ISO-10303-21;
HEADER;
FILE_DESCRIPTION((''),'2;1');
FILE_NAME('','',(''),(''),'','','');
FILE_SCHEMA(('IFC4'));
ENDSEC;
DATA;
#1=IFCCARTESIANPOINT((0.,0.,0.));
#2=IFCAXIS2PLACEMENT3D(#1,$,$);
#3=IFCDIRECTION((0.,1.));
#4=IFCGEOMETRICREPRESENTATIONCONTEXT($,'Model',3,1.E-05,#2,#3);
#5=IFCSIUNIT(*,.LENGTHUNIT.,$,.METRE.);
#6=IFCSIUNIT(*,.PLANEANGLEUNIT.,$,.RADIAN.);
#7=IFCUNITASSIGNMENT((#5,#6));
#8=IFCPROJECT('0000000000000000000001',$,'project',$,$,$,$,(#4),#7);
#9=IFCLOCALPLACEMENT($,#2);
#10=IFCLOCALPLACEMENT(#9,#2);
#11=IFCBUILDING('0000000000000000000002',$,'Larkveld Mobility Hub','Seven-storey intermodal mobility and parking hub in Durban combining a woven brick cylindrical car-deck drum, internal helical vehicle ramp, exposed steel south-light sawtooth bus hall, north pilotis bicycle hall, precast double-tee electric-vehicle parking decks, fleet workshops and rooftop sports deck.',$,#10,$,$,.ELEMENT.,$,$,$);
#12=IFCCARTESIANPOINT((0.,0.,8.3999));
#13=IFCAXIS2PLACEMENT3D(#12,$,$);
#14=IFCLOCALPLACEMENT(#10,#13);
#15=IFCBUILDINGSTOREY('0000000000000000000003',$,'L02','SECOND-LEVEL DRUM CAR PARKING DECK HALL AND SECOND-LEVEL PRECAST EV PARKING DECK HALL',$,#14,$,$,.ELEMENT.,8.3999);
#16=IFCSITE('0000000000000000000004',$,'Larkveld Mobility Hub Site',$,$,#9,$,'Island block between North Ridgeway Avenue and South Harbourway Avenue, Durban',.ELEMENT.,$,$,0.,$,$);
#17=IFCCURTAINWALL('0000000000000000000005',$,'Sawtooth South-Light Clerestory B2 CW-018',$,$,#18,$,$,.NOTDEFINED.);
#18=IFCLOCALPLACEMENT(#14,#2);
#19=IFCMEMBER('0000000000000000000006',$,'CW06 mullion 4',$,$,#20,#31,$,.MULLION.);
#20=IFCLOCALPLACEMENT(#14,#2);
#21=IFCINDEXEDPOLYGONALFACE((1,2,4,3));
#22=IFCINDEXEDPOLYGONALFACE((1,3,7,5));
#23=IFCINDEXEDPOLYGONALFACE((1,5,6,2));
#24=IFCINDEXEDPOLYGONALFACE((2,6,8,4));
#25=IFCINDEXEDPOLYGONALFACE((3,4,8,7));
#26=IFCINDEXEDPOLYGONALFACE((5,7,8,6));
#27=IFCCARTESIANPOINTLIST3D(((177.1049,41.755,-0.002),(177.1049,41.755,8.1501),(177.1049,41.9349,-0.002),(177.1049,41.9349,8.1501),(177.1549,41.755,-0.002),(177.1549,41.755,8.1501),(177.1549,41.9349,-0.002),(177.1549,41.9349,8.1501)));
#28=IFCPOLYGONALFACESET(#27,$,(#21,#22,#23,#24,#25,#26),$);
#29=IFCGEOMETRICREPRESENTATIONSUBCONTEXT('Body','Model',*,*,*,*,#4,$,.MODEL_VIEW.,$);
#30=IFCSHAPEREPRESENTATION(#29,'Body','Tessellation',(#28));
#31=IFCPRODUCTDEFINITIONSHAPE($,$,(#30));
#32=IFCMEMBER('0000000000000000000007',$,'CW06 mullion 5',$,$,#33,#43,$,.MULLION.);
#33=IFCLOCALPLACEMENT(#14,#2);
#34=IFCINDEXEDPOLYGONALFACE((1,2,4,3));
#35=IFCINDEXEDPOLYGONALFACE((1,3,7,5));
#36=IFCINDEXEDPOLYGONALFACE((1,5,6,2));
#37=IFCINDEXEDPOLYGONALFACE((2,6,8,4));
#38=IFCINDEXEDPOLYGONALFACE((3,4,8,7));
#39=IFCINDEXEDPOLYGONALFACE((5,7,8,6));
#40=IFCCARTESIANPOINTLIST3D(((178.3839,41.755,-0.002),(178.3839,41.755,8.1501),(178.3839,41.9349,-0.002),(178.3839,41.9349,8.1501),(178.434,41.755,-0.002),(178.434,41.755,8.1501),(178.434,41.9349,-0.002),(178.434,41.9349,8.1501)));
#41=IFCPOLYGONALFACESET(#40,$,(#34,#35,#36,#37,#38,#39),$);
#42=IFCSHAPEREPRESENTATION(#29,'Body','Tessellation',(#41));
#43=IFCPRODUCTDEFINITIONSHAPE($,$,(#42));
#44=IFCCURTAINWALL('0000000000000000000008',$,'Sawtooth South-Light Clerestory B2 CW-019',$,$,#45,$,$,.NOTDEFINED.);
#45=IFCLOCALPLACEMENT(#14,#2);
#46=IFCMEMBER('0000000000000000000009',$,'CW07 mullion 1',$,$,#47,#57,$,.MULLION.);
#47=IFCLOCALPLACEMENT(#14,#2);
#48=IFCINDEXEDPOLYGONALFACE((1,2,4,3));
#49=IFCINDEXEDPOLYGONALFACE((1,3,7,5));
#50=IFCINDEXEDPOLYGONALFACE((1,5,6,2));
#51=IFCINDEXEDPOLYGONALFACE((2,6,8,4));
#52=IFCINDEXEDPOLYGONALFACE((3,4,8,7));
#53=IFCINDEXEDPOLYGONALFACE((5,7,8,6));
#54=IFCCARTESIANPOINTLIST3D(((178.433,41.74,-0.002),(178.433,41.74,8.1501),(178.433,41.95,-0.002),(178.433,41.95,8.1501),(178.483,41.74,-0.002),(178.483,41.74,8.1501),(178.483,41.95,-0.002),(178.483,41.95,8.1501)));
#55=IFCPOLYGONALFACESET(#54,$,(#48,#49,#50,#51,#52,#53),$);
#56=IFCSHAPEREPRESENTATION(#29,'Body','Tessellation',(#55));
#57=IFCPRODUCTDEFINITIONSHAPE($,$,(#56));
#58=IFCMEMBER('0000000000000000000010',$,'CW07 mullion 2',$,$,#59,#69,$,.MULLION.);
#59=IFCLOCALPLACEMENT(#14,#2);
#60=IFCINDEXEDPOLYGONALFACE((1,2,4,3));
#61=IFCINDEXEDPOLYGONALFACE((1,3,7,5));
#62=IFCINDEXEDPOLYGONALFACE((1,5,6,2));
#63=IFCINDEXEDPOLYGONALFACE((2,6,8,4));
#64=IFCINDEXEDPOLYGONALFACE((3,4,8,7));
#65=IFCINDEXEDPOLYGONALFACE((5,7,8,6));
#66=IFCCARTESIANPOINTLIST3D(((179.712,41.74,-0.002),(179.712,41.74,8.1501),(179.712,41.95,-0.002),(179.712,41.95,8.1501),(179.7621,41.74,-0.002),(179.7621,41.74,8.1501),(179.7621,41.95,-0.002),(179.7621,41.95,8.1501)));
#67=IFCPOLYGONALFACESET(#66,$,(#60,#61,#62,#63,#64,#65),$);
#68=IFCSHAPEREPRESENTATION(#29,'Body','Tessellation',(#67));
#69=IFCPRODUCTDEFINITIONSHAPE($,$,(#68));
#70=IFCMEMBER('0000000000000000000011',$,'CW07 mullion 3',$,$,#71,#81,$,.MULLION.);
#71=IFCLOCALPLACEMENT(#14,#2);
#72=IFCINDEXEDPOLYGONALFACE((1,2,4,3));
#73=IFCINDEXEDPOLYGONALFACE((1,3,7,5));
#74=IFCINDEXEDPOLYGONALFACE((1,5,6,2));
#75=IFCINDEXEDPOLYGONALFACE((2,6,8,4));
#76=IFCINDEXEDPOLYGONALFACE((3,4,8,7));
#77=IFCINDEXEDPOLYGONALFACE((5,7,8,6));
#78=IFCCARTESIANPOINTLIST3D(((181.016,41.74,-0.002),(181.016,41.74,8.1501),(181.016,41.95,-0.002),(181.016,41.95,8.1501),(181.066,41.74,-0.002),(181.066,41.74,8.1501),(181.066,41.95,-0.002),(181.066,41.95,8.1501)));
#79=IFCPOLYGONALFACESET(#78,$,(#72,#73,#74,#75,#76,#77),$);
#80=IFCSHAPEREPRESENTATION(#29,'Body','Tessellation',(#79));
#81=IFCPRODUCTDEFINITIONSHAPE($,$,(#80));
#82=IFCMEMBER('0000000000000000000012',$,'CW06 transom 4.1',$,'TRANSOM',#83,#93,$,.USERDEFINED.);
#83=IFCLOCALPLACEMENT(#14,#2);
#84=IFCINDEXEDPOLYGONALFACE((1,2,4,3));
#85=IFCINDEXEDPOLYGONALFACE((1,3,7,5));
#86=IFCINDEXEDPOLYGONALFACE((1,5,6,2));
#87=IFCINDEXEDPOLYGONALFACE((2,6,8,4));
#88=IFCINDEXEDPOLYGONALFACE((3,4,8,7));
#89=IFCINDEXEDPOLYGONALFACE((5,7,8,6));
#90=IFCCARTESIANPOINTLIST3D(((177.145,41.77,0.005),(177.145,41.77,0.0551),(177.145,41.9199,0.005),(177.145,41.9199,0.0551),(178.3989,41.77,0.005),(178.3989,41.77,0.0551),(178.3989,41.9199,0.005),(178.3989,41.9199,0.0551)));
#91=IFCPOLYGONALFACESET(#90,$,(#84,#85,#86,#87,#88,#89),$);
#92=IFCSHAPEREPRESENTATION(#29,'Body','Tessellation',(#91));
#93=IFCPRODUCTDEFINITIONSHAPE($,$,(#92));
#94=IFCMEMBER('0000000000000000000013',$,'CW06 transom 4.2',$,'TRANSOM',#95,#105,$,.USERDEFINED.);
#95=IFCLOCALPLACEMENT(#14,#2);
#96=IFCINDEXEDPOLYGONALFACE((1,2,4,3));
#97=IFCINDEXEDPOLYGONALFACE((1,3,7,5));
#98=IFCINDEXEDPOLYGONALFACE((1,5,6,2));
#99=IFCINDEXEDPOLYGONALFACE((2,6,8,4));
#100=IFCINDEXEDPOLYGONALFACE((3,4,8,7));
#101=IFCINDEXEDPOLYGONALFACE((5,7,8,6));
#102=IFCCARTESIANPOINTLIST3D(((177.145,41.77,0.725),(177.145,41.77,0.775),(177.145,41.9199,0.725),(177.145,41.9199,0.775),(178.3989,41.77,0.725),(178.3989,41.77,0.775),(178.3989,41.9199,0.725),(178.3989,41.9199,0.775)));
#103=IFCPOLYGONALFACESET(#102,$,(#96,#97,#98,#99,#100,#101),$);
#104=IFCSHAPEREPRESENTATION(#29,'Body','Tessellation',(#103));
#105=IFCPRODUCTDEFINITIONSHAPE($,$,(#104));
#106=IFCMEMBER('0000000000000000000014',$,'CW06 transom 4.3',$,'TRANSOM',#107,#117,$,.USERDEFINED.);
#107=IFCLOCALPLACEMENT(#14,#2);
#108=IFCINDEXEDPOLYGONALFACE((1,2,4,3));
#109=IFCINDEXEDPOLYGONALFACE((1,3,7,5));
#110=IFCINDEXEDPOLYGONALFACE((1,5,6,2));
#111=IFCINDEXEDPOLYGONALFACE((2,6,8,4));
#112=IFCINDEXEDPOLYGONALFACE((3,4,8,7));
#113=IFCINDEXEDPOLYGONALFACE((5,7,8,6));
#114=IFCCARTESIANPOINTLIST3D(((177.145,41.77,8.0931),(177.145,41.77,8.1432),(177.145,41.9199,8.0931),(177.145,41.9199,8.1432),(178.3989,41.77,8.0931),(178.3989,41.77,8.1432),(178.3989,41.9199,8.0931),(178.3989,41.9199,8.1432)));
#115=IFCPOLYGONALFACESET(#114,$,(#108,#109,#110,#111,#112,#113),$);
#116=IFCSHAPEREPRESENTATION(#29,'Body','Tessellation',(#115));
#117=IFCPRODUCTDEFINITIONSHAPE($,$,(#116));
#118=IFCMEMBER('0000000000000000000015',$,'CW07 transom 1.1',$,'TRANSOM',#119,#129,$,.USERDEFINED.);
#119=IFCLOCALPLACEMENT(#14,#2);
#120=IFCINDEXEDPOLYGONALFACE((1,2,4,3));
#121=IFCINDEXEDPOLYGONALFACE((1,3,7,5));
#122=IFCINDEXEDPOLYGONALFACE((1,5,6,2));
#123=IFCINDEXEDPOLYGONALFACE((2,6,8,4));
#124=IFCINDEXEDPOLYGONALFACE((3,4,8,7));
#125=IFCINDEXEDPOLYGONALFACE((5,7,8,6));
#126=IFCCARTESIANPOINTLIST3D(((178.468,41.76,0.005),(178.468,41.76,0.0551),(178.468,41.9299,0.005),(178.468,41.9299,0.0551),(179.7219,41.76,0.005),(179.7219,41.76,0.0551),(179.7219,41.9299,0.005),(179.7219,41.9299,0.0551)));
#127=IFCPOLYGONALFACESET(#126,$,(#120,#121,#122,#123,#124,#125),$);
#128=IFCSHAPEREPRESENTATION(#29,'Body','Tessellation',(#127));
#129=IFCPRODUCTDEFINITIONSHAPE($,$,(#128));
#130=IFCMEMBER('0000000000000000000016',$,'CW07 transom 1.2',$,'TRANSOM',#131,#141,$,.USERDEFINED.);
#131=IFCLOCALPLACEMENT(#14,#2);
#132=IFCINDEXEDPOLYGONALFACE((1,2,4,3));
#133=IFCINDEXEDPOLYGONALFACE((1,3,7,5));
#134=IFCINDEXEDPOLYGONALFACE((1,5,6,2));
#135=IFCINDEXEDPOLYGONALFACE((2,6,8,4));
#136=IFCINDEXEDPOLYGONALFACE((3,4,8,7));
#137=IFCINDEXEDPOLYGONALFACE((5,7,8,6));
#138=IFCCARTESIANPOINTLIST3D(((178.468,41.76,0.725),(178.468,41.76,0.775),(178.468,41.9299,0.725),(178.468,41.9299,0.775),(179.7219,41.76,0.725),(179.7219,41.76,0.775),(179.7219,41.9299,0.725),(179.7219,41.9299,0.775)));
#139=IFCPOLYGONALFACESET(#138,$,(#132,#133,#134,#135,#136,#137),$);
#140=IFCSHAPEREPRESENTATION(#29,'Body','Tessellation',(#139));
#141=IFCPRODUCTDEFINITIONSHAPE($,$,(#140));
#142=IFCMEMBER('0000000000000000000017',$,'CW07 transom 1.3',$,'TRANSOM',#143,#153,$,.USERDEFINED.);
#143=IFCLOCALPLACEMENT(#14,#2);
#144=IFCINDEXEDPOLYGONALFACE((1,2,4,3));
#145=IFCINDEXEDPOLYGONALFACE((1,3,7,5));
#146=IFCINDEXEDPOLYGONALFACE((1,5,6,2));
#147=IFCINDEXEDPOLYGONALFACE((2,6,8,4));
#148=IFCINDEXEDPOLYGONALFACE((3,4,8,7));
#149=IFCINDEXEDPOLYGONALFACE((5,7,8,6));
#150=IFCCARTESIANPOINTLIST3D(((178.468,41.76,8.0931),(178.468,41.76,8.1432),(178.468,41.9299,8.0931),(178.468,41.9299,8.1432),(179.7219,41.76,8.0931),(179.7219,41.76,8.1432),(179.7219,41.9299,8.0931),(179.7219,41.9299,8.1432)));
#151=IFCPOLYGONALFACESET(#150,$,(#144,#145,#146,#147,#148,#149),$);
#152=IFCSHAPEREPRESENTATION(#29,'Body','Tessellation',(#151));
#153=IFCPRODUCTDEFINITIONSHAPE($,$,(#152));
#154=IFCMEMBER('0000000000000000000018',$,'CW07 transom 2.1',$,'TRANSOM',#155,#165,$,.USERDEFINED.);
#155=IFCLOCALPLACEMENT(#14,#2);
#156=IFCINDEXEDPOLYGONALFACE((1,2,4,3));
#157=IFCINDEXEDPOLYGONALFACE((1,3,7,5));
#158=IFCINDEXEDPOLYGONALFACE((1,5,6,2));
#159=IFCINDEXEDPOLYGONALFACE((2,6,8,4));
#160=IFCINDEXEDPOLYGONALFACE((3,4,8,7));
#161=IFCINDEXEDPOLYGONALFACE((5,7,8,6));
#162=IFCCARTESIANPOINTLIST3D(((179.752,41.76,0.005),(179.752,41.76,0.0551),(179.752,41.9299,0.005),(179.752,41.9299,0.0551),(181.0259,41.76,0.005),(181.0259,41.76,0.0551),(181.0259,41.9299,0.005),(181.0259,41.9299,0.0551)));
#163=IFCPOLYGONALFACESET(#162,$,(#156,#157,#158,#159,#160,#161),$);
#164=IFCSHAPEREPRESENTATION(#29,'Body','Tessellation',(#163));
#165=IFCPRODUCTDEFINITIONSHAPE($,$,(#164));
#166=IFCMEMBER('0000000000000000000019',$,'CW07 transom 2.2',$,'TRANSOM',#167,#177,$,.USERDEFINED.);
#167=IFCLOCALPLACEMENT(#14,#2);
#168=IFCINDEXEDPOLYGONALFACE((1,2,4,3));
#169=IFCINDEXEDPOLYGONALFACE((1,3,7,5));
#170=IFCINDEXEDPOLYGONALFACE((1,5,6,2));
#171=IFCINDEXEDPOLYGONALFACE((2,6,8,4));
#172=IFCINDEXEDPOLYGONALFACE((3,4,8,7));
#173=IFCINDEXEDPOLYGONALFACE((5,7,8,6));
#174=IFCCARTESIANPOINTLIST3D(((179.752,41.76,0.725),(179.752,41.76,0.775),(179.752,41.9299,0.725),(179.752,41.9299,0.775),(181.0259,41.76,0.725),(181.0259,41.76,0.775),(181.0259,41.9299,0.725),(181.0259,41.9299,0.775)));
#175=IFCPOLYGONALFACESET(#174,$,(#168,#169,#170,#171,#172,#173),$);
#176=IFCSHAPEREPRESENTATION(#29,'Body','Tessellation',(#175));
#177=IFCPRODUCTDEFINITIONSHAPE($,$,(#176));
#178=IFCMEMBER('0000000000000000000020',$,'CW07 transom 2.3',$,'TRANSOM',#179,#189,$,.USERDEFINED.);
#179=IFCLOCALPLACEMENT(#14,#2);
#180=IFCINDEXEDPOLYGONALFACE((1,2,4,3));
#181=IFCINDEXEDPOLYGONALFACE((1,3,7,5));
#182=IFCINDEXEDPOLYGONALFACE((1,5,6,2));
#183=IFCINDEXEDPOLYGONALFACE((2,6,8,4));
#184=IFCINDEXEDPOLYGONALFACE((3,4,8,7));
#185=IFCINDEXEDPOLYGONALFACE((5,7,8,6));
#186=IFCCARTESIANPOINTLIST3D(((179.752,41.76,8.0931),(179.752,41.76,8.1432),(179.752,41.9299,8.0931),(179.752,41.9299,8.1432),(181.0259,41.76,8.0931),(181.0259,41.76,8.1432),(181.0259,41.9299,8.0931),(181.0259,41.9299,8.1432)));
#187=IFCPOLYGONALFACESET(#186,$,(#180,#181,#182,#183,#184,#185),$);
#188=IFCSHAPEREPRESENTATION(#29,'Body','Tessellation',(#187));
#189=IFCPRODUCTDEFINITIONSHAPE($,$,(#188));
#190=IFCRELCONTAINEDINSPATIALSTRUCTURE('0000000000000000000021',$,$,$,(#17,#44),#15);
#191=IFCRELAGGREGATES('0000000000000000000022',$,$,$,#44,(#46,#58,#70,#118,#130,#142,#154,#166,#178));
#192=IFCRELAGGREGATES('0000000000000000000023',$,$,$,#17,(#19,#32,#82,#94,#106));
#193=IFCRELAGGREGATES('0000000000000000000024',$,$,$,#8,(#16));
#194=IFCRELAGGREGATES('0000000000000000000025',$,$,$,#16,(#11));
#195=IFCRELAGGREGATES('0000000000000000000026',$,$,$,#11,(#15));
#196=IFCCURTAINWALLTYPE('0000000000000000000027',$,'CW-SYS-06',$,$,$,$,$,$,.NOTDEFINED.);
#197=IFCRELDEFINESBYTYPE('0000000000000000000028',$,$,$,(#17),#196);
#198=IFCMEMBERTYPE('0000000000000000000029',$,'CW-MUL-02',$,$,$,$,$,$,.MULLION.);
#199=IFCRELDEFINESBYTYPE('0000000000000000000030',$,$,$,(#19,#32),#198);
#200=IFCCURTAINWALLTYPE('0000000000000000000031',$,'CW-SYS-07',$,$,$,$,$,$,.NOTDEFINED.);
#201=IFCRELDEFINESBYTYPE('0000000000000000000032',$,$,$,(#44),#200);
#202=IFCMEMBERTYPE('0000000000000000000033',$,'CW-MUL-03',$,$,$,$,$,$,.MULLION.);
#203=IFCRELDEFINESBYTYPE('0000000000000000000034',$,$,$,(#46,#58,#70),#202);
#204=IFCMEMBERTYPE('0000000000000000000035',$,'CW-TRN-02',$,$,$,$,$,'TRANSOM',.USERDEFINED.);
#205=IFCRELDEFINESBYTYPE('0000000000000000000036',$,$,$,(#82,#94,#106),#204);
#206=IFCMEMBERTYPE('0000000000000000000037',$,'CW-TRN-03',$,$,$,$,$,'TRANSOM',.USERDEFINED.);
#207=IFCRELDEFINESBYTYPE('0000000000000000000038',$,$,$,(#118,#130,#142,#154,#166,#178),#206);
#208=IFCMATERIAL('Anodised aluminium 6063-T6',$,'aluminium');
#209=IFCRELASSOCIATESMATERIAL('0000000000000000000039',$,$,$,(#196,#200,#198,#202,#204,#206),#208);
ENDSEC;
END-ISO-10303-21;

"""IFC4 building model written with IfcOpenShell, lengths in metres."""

from ifc_helpers import new_model, si_unit, direction, frame, origin, origin_2d, place, context, subcontext, project, spatial, rectangle, extrude, material, material_profile, profile_set, type_object, element, aggregate, save


model = new_model("IFC4")

# Units and contexts
model_context = context("Model", 3, precision=1e-05, world=origin(), true_north=direction((0.0, 1.0)))
body_context = subcontext(model_context, "Body", "Model", "MODEL_VIEW")
ifc_project = project(units=[si_unit("LENGTHUNIT", "METRE"), si_unit("PLANEANGLEUNIT", "RADIAN")], contexts=[model_context])

# Site, building, storey
site_placement = place(None, origin())
site = spatial("IfcSite", under=ifc_project, at=site_placement, Name="Larkveld Mobility Hub Site", LongName="Island block between North Ridgeway Avenue and South Harbourway Avenue, Durban", CompositionType="ELEMENT", RefElevation=0.0)
building_placement = place(site_placement, origin())
building = spatial("IfcBuilding", under=site, at=building_placement, Name="Larkveld Mobility Hub", Description="Seven-storey intermodal mobility and parking hub in Durban combining a woven brick cylindrical car-deck drum, internal helical vehicle ramp, exposed steel south-light sawtooth bus hall, north pilotis bicycle hall, precast double-tee electric-vehicle parking decks, fleet workshops and rooftop sports deck.", CompositionType="ELEMENT")
storey_placement = place(building_placement, frame((0.0, 0.0, 8.3999)))
storey = spatial("IfcBuildingStorey", under=building, at=storey_placement, Name="L02", Description="SECOND-LEVEL DRUM CAR PARKING DECK HALL AND SECOND-LEVEL PRECAST EV PARKING DECK HALL", CompositionType="ELEMENT", Elevation=8.3999)

# Curtain walls, members
ifc_material_1 = material(Name="Anodised aluminium 6063-T6", Category="aluminium")
curtain_wall_type_1 = type_object("IfcCurtainWallType", Name="CW-SYS-06", PredefinedType="NOTDEFINED", material=ifc_material_1)
curtain_wall_1_placement = place(storey_placement, origin())
curtain_wall_1 = element("IfcCurtainWall", 1, at=curtain_wall_1_placement, inside=storey, type_object=curtain_wall_type_1, Name="Sawtooth South-Light Clerestory B2 CW-018", PredefinedType="NOTDEFINED")
ifc_material_profile_1 = material_profile(ifc_material_1, rectangle(XDim=0.05, YDim=0.1799, at=origin_2d()), Name="ALU MULL 50x180")
ifc_profile_set_1 = profile_set([ifc_material_profile_1], Name="Anodised aluminium 6063-T6")
member_type_1 = type_object("IfcMemberType", Name="CW-MUL-02", PredefinedType="MULLION", material=ifc_profile_set_1)
member_1_placement = place(storey_placement, frame((177.1299, 41.845, -0.002), z_axis=(0.0, 0.0, 1.0), x_axis=(1.0, 0.0, 0.0)))
member_1 = element("IfcMember", 2, at=member_1_placement, type_object=member_type_1, Name="CW06 mullion 4", PredefinedType="MULLION", context=body_context, shape_type="SweptSolid", body=[
    extrude(rectangle(XDim=0.05, YDim=0.1799, at=origin_2d()), origin(), (0.0, 0.0, 1.0), 8.1521),
])
member_2_placement = place(storey_placement, frame((178.4089, 41.845, -0.002), z_axis=(0.0, 0.0, 1.0), x_axis=(1.0, 0.0, 0.0)))
member_2 = element("IfcMember", 3, at=member_2_placement, type_object=member_type_1, Name="CW06 mullion 5", PredefinedType="MULLION", context=body_context, shape_type="SweptSolid", body=[
    extrude(rectangle(XDim=0.05, YDim=0.1799, at=origin_2d()), origin(), (0.0, 0.0, 1.0), 8.1521),
])
curtain_wall_type_2 = type_object("IfcCurtainWallType", Name="CW-SYS-07", PredefinedType="NOTDEFINED", material=ifc_material_1)
curtain_wall_2_placement = place(storey_placement, origin())
curtain_wall_2 = element("IfcCurtainWall", 4, at=curtain_wall_2_placement, inside=storey, type_object=curtain_wall_type_2, Name="Sawtooth South-Light Clerestory B2 CW-019", PredefinedType="NOTDEFINED")
ifc_material_profile_2 = material_profile(ifc_material_1, rectangle(XDim=0.05, YDim=0.21, at=origin_2d()), Name="ALU MULL 50x210")
ifc_profile_set_2 = profile_set([ifc_material_profile_2], Name="Anodised aluminium 6063-T6")
member_type_2 = type_object("IfcMemberType", Name="CW-MUL-03", PredefinedType="MULLION", material=ifc_profile_set_2)
member_3_placement = place(storey_placement, frame((178.458, 41.845, -0.002), z_axis=(0.0, 0.0, 1.0), x_axis=(1.0, 0.0, 0.0)))
member_3 = element("IfcMember", 5, at=member_3_placement, type_object=member_type_2, Name="CW07 mullion 1", PredefinedType="MULLION", context=body_context, shape_type="SweptSolid", body=[
    extrude(rectangle(XDim=0.05, YDim=0.21, at=origin_2d()), origin(), (0.0, 0.0, 1.0), 8.1521),
])
member_4_placement = place(storey_placement, frame((179.7371, 41.845, -0.002), z_axis=(0.0, 0.0, 1.0), x_axis=(1.0, 0.0, 0.0)))
member_4 = element("IfcMember", 6, at=member_4_placement, type_object=member_type_2, Name="CW07 mullion 2", PredefinedType="MULLION", context=body_context, shape_type="SweptSolid", body=[
    extrude(rectangle(XDim=0.05, YDim=0.21, at=origin_2d()), origin(), (0.0, 0.0, 1.0), 8.1521),
])
member_5_placement = place(storey_placement, frame((181.041, 41.845, -0.002), z_axis=(0.0, 0.0, 1.0), x_axis=(1.0, 0.0, 0.0)))
member_5 = element("IfcMember", 7, at=member_5_placement, type_object=member_type_2, Name="CW07 mullion 3", PredefinedType="MULLION", context=body_context, shape_type="SweptSolid", body=[
    extrude(rectangle(XDim=0.05, YDim=0.21, at=origin_2d()), origin(), (0.0, 0.0, 1.0), 8.1521),
])

# Members
ifc_material_profile_3 = material_profile(ifc_material_1, rectangle(XDim=0.1499, YDim=0.05, at=origin_2d()), Name="ALU TRAN 50x150")
ifc_profile_set_3 = profile_set([ifc_material_profile_3], Name="Anodised aluminium 6063-T6")
member_type_3 = type_object("IfcMemberType", Name="CW-TRN-02", ElementType="TRANSOM", PredefinedType="USERDEFINED", material=ifc_profile_set_3)
member_6_placement = place(storey_placement, frame((177.145, 41.845, 0.03), z_axis=(1.0, 0.0, 0.0), x_axis=(0.0, 1.0, 0.0)))
member_6 = element("IfcMember", 8, at=member_6_placement, type_object=member_type_3, Name="CW06 transom 4.1", ObjectType="TRANSOM", PredefinedType="USERDEFINED", context=body_context, shape_type="SweptSolid", body=[
    extrude(rectangle(XDim=0.1499, YDim=0.05, at=origin_2d()), origin(), (0.0, 0.0, 1.0), 1.2539),
])
member_7_placement = place(storey_placement, frame((177.145, 41.845, 0.75), z_axis=(1.0, 0.0, 0.0), x_axis=(0.0, 1.0, 0.0)))
member_7 = element("IfcMember", 9, at=member_7_placement, type_object=member_type_3, Name="CW06 transom 4.2", ObjectType="TRANSOM", PredefinedType="USERDEFINED", context=body_context, shape_type="SweptSolid", body=[
    extrude(rectangle(XDim=0.1499, YDim=0.05, at=origin_2d()), origin(), (0.0, 0.0, 1.0), 1.2539),
])
member_8_placement = place(storey_placement, frame((177.145, 41.845, 8.1182), z_axis=(1.0, 0.0, 0.0), x_axis=(0.0, 1.0, 0.0)))
member_8 = element("IfcMember", 10, at=member_8_placement, type_object=member_type_3, Name="CW06 transom 4.3", ObjectType="TRANSOM", PredefinedType="USERDEFINED", context=body_context, shape_type="SweptSolid", body=[
    extrude(rectangle(XDim=0.1499, YDim=0.05, at=origin_2d()), origin(), (0.0, 0.0, 1.0), 1.2539),
])
ifc_material_profile_4 = material_profile(ifc_material_1, rectangle(XDim=0.1699, YDim=0.05, at=origin_2d()), Name="ALU TRAN 50x170")
ifc_profile_set_4 = profile_set([ifc_material_profile_4], Name="Anodised aluminium 6063-T6")
member_type_4 = type_object("IfcMemberType", Name="CW-TRN-03", ElementType="TRANSOM", PredefinedType="USERDEFINED", material=ifc_profile_set_4)
member_9_placement = place(storey_placement, frame((178.468, 41.845, 0.03), z_axis=(1.0, 0.0, 0.0), x_axis=(0.0, 1.0, 0.0)))
member_9 = element("IfcMember", 11, at=member_9_placement, type_object=member_type_4, Name="CW07 transom 1.1", ObjectType="TRANSOM", PredefinedType="USERDEFINED", context=body_context, shape_type="SweptSolid", body=[
    extrude(rectangle(XDim=0.1699, YDim=0.05, at=origin_2d()), origin(), (0.0, 0.0, 1.0), 1.2539),
])
member_10_placement = place(storey_placement, frame((178.468, 41.845, 0.75), z_axis=(1.0, 0.0, 0.0), x_axis=(0.0, 1.0, 0.0)))
member_10 = element("IfcMember", 12, at=member_10_placement, type_object=member_type_4, Name="CW07 transom 1.2", ObjectType="TRANSOM", PredefinedType="USERDEFINED", context=body_context, shape_type="SweptSolid", body=[
    extrude(rectangle(XDim=0.1699, YDim=0.05, at=origin_2d()), origin(), (0.0, 0.0, 1.0), 1.2539),
])
member_11_placement = place(storey_placement, frame((178.468, 41.845, 8.1182), z_axis=(1.0, 0.0, 0.0), x_axis=(0.0, 1.0, 0.0)))
member_11 = element("IfcMember", 13, at=member_11_placement, type_object=member_type_4, Name="CW07 transom 1.3", ObjectType="TRANSOM", PredefinedType="USERDEFINED", context=body_context, shape_type="SweptSolid", body=[
    extrude(rectangle(XDim=0.1699, YDim=0.05, at=origin_2d()), origin(), (0.0, 0.0, 1.0), 1.2539),
])
member_12_placement = place(storey_placement, frame((179.752, 41.845, 0.03), z_axis=(1.0, 0.0, 0.0), x_axis=(0.0, 1.0, 0.0)))
member_12 = element("IfcMember", 14, at=member_12_placement, type_object=member_type_4, Name="CW07 transom 2.1", ObjectType="TRANSOM", PredefinedType="USERDEFINED", context=body_context, shape_type="SweptSolid", body=[
    extrude(rectangle(XDim=0.1699, YDim=0.05, at=origin_2d()), origin(), (0.0, 0.0, 1.0), 1.2739),
])
member_13_placement = place(storey_placement, frame((179.752, 41.845, 0.75), z_axis=(1.0, 0.0, 0.0), x_axis=(0.0, 1.0, 0.0)))
member_13 = element("IfcMember", 15, at=member_13_placement, type_object=member_type_4, Name="CW07 transom 2.2", ObjectType="TRANSOM", PredefinedType="USERDEFINED", context=body_context, shape_type="SweptSolid", body=[
    extrude(rectangle(XDim=0.1699, YDim=0.05, at=origin_2d()), origin(), (0.0, 0.0, 1.0), 1.2739),
])
member_14_placement = place(storey_placement, frame((179.752, 41.845, 8.1182), z_axis=(1.0, 0.0, 0.0), x_axis=(0.0, 1.0, 0.0)))
member_14 = element("IfcMember", 16, at=member_14_placement, type_object=member_type_4, Name="CW07 transom 2.3", ObjectType="TRANSOM", PredefinedType="USERDEFINED", context=body_context, shape_type="SweptSolid", body=[
    extrude(rectangle(XDim=0.1699, YDim=0.05, at=origin_2d()), origin(), (0.0, 0.0, 1.0), 1.2739),
])

aggregate(curtain_wall_2, [member_3, member_4, member_5, member_9, member_10, member_11, member_12, member_13, member_14])
aggregate(curtain_wall_1, [member_1, member_2, member_6, member_7, member_8])

save(model, "model.ifc")
